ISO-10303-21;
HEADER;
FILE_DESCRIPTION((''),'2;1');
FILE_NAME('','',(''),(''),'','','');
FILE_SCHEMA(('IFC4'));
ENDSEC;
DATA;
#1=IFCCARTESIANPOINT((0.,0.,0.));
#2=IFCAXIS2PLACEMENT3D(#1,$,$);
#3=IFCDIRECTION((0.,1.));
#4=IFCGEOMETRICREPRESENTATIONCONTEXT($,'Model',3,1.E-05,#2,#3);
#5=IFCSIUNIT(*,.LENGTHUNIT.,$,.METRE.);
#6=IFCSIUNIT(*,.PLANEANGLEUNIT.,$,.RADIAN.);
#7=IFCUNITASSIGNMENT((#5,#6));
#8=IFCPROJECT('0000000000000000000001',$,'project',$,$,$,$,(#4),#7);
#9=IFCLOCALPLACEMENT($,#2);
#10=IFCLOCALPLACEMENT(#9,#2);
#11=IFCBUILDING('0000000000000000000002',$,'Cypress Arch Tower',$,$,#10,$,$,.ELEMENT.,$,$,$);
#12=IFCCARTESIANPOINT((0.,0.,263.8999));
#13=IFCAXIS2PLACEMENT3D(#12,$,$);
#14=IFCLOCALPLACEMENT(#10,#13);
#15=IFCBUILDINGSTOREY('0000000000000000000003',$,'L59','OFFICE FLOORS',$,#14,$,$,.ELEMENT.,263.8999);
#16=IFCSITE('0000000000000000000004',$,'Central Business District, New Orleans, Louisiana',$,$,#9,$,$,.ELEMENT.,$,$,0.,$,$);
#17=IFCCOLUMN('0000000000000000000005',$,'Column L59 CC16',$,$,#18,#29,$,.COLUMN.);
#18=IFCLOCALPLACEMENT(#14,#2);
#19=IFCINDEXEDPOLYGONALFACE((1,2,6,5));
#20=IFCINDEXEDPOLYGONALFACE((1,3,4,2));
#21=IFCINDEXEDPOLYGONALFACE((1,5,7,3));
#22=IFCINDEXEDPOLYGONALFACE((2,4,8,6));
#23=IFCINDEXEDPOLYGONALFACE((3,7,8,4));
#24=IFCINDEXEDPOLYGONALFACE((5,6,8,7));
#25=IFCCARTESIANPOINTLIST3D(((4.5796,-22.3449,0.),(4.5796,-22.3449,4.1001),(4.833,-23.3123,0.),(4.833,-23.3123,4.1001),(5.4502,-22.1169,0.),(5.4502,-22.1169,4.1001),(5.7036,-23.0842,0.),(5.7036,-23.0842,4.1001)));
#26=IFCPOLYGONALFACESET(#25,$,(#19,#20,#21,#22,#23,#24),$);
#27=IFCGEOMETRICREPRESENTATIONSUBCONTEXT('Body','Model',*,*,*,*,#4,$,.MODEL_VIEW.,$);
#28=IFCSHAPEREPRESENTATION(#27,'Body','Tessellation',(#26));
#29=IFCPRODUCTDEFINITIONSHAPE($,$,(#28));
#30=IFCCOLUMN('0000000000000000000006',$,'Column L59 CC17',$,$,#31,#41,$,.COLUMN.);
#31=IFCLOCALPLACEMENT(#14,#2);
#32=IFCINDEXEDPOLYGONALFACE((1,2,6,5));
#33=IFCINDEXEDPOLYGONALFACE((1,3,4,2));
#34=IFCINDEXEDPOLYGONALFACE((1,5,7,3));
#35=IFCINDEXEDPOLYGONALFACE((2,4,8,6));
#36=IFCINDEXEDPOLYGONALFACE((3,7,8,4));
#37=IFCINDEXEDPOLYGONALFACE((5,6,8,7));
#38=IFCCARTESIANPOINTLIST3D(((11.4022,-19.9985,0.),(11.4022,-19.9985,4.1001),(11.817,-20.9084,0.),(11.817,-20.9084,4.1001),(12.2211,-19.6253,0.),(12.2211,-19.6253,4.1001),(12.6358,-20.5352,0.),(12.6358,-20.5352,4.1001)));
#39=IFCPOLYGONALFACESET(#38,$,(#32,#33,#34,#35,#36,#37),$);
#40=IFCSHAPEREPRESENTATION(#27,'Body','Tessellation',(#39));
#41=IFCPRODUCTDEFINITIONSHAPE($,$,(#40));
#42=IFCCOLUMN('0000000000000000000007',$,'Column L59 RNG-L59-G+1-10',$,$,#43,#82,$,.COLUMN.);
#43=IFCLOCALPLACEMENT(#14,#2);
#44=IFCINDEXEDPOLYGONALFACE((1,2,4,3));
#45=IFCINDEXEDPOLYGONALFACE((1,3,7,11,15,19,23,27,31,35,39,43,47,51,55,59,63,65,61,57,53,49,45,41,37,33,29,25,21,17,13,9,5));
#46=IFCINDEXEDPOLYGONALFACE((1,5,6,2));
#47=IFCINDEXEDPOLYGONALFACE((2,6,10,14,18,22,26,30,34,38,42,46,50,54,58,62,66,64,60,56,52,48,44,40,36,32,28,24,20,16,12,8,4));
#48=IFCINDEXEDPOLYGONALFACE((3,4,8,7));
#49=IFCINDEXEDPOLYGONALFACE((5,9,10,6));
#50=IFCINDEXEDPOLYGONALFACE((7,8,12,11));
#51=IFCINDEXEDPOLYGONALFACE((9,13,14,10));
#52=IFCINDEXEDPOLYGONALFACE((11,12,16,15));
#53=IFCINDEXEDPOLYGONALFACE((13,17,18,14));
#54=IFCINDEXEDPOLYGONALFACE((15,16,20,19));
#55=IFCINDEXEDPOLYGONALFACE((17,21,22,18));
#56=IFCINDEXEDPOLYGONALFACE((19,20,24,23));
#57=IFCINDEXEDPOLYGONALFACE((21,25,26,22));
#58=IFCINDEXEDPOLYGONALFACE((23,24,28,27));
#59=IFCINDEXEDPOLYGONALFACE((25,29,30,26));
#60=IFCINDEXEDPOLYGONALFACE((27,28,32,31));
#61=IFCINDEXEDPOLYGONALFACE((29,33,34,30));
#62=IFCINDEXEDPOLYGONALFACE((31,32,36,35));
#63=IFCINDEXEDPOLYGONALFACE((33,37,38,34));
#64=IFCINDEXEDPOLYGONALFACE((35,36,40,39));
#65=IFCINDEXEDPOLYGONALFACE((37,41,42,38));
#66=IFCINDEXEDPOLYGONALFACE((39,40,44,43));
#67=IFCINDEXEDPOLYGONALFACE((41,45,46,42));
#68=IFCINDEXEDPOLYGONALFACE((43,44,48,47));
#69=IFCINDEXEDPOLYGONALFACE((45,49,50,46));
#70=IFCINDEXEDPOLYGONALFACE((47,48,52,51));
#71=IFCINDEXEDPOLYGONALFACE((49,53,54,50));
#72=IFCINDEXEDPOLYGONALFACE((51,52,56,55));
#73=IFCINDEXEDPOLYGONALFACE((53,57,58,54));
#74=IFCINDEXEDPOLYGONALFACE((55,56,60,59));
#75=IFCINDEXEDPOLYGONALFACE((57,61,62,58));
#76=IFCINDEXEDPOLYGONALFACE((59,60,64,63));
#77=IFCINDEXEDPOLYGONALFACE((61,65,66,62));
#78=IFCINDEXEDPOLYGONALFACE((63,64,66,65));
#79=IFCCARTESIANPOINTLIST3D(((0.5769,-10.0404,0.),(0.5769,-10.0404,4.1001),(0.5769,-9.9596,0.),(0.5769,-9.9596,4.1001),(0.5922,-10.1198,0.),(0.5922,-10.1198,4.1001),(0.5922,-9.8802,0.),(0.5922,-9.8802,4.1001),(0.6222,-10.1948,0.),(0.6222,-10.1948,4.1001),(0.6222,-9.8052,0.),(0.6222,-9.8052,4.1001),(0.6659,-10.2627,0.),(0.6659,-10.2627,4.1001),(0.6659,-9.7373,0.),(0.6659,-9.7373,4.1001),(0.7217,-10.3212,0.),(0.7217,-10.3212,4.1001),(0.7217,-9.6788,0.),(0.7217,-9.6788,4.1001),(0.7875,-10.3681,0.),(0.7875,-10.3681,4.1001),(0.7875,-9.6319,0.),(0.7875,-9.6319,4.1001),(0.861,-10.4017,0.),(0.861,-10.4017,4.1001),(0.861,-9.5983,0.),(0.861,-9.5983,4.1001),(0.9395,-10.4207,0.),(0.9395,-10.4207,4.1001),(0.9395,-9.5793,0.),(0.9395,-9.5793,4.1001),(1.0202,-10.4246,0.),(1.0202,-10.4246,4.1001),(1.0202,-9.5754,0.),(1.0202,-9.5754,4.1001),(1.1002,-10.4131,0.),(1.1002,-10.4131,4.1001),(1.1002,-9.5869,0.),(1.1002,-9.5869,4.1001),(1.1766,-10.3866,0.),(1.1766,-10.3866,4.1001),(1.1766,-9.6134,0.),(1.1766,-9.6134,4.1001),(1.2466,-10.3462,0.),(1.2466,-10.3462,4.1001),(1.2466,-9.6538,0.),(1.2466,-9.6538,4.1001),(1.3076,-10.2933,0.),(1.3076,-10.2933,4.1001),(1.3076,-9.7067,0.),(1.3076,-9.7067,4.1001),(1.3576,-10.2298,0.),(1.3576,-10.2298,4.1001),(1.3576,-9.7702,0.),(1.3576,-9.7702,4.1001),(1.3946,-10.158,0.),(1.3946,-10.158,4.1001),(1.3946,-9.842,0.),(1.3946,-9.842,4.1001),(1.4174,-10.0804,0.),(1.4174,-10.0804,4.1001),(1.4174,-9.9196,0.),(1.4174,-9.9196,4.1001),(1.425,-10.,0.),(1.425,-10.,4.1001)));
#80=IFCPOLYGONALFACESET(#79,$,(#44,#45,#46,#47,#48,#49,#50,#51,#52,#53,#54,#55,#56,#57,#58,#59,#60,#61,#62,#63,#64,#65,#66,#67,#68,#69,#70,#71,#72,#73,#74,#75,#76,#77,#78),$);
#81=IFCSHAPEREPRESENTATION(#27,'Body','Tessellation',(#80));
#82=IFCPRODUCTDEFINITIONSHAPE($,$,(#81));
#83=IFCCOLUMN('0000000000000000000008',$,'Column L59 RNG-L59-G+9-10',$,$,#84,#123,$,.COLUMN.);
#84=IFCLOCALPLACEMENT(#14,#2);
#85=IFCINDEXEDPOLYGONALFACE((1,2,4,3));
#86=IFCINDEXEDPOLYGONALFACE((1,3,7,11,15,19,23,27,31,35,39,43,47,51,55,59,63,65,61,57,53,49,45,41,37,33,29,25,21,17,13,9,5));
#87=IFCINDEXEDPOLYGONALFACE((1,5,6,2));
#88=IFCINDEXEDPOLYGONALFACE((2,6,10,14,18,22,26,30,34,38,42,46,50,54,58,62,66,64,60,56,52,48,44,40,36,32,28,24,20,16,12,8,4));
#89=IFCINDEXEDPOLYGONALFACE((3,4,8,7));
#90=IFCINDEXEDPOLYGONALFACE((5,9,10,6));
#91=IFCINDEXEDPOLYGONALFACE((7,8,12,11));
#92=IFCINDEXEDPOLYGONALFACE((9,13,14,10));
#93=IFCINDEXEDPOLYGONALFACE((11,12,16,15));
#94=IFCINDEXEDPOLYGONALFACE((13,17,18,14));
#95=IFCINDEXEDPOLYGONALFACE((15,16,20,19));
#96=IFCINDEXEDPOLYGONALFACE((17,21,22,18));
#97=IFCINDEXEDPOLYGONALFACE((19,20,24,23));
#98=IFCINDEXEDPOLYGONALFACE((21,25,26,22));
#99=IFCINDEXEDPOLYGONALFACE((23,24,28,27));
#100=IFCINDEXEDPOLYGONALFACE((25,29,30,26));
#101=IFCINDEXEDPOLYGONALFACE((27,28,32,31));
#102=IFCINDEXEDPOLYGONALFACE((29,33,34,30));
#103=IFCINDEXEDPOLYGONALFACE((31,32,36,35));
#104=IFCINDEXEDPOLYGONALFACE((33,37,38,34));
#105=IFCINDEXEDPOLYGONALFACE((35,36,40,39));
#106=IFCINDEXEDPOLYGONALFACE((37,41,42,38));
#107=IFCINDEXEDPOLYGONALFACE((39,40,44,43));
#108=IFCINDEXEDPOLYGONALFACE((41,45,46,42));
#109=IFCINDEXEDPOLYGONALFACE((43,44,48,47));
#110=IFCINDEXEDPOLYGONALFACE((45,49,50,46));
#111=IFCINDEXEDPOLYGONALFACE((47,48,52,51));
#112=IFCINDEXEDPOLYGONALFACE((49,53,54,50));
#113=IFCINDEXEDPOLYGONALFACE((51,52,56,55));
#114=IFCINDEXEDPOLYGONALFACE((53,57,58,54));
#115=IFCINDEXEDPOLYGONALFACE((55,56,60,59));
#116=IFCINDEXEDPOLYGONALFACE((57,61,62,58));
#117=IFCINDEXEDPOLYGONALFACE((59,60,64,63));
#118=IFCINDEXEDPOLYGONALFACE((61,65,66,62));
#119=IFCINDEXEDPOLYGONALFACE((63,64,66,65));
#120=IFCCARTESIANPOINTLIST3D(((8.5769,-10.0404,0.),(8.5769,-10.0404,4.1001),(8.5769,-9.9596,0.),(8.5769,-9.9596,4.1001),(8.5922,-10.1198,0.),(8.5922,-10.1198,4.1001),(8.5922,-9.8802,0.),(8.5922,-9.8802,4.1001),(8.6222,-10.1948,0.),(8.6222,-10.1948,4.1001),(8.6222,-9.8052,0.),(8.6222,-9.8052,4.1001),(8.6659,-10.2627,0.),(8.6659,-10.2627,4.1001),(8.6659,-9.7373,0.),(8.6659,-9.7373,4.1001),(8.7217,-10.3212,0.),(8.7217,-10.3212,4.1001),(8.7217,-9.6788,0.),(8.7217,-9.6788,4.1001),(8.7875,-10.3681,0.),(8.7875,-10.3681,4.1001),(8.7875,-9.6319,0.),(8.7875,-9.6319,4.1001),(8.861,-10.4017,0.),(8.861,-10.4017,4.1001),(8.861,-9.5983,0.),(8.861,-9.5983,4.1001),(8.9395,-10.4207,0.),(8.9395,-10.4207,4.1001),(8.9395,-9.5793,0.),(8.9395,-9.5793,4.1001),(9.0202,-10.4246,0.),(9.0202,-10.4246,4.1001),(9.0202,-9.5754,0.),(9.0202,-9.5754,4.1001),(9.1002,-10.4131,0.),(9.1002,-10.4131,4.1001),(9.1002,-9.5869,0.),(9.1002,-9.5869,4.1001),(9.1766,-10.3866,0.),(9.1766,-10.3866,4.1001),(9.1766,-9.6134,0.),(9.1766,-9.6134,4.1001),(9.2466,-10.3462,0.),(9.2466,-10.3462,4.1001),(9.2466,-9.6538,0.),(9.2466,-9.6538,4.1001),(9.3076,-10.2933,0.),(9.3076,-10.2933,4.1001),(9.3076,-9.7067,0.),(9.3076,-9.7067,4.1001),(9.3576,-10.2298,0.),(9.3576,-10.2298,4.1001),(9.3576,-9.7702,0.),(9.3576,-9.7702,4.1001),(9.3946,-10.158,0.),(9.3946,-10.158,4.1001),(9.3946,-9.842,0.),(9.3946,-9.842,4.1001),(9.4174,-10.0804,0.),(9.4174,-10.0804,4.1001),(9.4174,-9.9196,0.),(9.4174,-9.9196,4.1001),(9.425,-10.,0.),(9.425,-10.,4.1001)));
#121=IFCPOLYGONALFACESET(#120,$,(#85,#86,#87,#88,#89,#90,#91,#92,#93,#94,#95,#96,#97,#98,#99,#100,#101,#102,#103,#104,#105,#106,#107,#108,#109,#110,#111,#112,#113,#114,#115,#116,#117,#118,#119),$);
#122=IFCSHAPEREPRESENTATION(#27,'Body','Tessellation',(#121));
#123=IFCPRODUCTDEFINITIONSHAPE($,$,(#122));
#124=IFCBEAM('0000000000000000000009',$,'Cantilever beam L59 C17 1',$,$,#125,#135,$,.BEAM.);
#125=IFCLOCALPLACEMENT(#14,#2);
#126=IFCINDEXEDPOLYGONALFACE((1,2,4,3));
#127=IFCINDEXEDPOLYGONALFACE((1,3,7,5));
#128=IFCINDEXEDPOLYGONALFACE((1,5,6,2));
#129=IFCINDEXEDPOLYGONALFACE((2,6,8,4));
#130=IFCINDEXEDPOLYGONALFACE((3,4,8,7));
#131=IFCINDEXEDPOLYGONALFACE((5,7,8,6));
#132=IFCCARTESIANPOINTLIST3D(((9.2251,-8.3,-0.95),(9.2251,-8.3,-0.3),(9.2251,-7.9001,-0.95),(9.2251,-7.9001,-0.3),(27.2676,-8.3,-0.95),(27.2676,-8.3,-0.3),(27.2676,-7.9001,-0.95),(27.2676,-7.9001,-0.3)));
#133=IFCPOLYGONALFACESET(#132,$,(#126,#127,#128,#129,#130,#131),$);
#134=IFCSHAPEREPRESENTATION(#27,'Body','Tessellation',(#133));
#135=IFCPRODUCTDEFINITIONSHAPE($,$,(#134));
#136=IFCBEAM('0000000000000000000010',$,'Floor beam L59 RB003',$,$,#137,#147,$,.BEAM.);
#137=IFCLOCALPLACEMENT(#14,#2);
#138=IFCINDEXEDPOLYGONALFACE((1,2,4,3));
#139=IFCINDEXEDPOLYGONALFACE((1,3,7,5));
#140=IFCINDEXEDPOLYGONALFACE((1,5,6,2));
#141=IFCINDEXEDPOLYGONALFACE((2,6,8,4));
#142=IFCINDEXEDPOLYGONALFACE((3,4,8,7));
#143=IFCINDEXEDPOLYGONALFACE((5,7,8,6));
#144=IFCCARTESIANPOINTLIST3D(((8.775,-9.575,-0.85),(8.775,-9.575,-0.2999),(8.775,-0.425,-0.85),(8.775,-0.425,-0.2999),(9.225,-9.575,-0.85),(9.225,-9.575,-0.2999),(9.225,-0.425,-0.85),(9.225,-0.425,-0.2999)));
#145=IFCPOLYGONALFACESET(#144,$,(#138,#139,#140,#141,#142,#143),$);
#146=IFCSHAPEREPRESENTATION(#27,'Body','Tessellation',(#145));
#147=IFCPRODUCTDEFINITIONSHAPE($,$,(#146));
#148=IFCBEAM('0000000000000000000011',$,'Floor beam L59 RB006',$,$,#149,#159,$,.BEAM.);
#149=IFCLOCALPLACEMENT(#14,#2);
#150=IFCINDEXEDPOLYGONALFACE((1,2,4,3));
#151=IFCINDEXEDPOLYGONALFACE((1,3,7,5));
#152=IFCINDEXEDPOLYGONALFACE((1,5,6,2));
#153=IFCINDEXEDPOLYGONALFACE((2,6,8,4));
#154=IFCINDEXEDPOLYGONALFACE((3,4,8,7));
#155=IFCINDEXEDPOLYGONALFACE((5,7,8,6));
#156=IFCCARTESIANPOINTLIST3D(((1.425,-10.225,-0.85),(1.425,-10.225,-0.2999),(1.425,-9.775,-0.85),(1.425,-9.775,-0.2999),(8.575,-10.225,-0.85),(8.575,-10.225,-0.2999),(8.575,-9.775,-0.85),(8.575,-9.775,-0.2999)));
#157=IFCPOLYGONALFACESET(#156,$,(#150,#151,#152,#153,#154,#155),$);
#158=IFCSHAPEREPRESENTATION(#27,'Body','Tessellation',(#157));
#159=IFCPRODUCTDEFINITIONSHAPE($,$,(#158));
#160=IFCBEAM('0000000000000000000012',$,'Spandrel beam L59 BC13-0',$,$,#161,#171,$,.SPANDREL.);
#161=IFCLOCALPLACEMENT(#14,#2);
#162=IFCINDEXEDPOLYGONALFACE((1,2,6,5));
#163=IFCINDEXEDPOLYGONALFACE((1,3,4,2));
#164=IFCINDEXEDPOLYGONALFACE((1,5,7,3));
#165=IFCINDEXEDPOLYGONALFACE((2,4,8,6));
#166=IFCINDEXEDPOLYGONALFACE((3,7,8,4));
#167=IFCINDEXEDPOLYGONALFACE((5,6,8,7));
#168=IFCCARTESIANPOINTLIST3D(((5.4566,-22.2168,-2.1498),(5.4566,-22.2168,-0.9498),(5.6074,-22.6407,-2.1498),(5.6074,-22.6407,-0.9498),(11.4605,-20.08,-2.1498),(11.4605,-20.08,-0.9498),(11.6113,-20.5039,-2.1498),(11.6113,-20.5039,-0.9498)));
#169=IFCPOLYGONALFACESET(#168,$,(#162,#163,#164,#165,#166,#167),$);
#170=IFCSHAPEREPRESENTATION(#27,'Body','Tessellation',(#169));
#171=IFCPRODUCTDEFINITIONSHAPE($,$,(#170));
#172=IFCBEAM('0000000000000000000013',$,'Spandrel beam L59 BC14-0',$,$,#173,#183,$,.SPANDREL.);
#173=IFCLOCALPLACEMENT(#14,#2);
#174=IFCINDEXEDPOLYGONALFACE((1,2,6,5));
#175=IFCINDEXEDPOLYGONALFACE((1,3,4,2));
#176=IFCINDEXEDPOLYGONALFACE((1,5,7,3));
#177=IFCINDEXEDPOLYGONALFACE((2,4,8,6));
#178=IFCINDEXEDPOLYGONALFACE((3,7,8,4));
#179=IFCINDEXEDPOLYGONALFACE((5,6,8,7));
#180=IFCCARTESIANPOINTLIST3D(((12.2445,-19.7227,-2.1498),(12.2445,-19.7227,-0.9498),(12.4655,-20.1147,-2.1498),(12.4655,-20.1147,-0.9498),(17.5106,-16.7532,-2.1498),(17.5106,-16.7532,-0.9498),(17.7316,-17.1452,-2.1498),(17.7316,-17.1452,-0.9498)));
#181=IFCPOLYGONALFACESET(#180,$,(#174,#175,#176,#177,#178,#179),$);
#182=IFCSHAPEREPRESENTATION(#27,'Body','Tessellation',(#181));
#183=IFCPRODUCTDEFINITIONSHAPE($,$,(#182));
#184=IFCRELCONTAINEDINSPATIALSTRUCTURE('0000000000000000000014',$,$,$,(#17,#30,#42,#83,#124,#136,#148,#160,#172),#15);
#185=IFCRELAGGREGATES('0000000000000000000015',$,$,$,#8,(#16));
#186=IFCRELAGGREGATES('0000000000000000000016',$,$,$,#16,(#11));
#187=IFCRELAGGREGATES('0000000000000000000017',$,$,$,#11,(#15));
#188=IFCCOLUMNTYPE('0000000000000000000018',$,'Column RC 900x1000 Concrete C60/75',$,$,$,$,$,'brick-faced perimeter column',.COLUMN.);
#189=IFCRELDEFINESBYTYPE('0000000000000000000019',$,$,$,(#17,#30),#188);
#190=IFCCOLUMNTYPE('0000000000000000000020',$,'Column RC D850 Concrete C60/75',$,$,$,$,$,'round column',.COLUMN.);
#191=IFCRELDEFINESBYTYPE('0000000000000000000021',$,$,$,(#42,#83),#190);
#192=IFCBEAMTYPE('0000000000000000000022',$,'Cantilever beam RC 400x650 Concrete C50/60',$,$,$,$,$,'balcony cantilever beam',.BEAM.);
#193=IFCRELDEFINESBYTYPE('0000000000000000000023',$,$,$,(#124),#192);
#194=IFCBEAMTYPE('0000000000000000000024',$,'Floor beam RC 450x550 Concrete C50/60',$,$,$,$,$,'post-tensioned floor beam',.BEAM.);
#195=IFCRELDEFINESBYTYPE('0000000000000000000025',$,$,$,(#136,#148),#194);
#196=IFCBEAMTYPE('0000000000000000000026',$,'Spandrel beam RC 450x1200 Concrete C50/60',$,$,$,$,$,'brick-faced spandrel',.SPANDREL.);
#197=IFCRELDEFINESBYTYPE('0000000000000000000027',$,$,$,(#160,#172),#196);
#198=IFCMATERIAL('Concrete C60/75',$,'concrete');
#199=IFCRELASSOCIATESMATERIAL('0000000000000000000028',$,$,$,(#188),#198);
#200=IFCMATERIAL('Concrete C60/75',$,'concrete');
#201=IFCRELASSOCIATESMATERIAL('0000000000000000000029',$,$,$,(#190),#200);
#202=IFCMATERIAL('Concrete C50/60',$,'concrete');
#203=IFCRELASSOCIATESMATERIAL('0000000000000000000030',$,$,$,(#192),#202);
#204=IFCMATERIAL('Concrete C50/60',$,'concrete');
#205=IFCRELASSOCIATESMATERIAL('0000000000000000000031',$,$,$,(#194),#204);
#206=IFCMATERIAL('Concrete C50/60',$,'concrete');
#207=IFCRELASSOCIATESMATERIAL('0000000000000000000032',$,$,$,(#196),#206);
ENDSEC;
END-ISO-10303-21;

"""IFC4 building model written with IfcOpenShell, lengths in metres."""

from ifc_helpers import new_model, si_unit, direction, frame, origin, origin_2d, place, context, subcontext, project, spatial, rectangle, circle, extrude, material, material_profile, profile_set, type_object, element, save


model = new_model("IFC4")

# Units and contexts
model_context = context("Model", 3, precision=1e-05, world=origin(), true_north=direction((0.0, 1.0)))
body_context = subcontext(model_context, "Body", "Model", "MODEL_VIEW")
ifc_project = project(units=[si_unit("LENGTHUNIT", "METRE"), si_unit("PLANEANGLEUNIT", "RADIAN")], contexts=[model_context])

# Site, building, storey
site_placement = place(None, origin())
site = spatial("IfcSite", under=ifc_project, at=site_placement, Name="Central Business District, New Orleans, Louisiana", CompositionType="ELEMENT", RefElevation=0.0)
building_placement = place(site_placement, origin())
building = spatial("IfcBuilding", under=site, at=building_placement, Name="Cypress Arch Tower", CompositionType="ELEMENT")
storey_placement = place(building_placement, frame((0.0, 0.0, 263.8999)))
storey = spatial("IfcBuildingStorey", under=building, at=storey_placement, Name="L59", Description="OFFICE FLOORS", CompositionType="ELEMENT", Elevation=263.8999)

# Columns
ifc_material_1 = material(Name="Concrete C60/75", Category="concrete")
ifc_material_profile_1 = material_profile(ifc_material_1, rectangle(XDim=0.8999, YDim=1.0, at=origin_2d()), Name="RC 900x1000")
ifc_profile_set_1 = profile_set([ifc_material_profile_1], Name="Concrete C60/75")
column_type_1 = type_object("IfcColumnType", Name="Column RC 900x1000 Concrete C60/75", ElementType="brick-faced perimeter column", PredefinedType="COLUMN", material=ifc_profile_set_1)
for number, where, z_axis, x_axis, name in (
    (1, (5.1416, -22.7146, 0.0), (0.0, 0.0, 1.0), (0.967356, 0.253422, 0.0), "Column L59 CC16"),
    (2, (12.019, -20.2668, 0.0), (0.0, 0.0, 1.0), (0.909932, 0.414757, 0.0), "Column L59 CC17"),
):
    element("IfcColumn", number, at=place(storey_placement, frame(where, z_axis=z_axis, x_axis=x_axis)), inside=storey, type_object=column_type_1, Name=name, PredefinedType="COLUMN", context=body_context, shape_type="SweptSolid", body=[
        extrude(rectangle(XDim=0.8999, YDim=1.0, at=origin_2d()), origin(), (0.0, 0.0, 1.0), 4.1001),
    ])
ifc_material_2 = material(Name="Concrete C60/75", Category="concrete")
ifc_material_profile_2 = material_profile(ifc_material_2, circle(Radius=0.425, at=origin_2d()), Name="RC D850")
ifc_profile_set_2 = profile_set([ifc_material_profile_2], Name="Concrete C60/75")
column_type_2 = type_object("IfcColumnType", Name="Column RC D850 Concrete C60/75", ElementType="round column", PredefinedType="COLUMN", material=ifc_profile_set_2)
for number, where, z_axis, x_axis, name in (
    (3, (1.0, -10.0, 0.0), (0.0, 0.0, 1.0), (1.0, 0.0, 0.0), "Column L59 RNG-L59-G+1-10"),
    (4, (9.0, -10.0, 0.0), (0.0, 0.0, 1.0), (1.0, 0.0, 0.0), "Column L59 RNG-L59-G+9-10"),
):
    element("IfcColumn", number, at=place(storey_placement, frame(where, z_axis=z_axis, x_axis=x_axis)), inside=storey, type_object=column_type_2, Name=name, PredefinedType="COLUMN", context=body_context, shape_type="SweptSolid", body=[
        extrude(circle(Radius=0.425, at=origin_2d()), origin(), (0.0, 0.0, 1.0), 4.1001),
    ])

# Beams
ifc_material_3 = material(Name="Concrete C50/60", Category="concrete")
ifc_material_profile_3 = material_profile(ifc_material_3, rectangle(XDim=0.3999, YDim=0.6499, at=origin_2d()), Name="RC 400x650")
ifc_profile_set_3 = profile_set([ifc_material_profile_3], Name="Concrete C50/60")
beam_type_1 = type_object("IfcBeamType", Name="Cantilever beam RC 400x650 Concrete C50/60", ElementType="balcony cantilever beam", PredefinedType="BEAM", material=ifc_profile_set_3)
beam_1_placement = place(storey_placement, frame((9.2251, -8.1001, -0.625), z_axis=(1.0, 0.0, 0.0), x_axis=(0.0, 1.0, 0.0)))
element("IfcBeam", 5, at=beam_1_placement, inside=storey, type_object=beam_type_1, Name="Cantilever beam L59 C17 1", PredefinedType="BEAM", context=body_context, shape_type="SweptSolid", body=[
    extrude(rectangle(XDim=0.3999, YDim=0.6499, at=origin_2d()), origin(), (0.0, 0.0, 1.0), 18.0425),
])
ifc_material_4 = material(Name="Concrete C50/60", Category="concrete")
ifc_material_profile_4 = material_profile(ifc_material_4, rectangle(XDim=0.45, YDim=0.55, at=origin_2d()), Name="RC 450x550")
ifc_profile_set_4 = profile_set([ifc_material_profile_4], Name="Concrete C50/60")
beam_type_2 = type_object("IfcBeamType", Name="Floor beam RC 450x550 Concrete C50/60", ElementType="post-tensioned floor beam", PredefinedType="BEAM", material=ifc_profile_set_4)
beam_2_placement = place(storey_placement, frame((9.0, -9.575, -0.575), z_axis=(0.0, 1.0, 0.0), x_axis=(-1.0, 0.0, 0.0)))
element("IfcBeam", 6, at=beam_2_placement, inside=storey, type_object=beam_type_2, Name="Floor beam L59 RB003", PredefinedType="BEAM", context=body_context, shape_type="SweptSolid", body=[
    extrude(rectangle(XDim=0.45, YDim=0.55, at=origin_2d()), origin(), (0.0, 0.0, 1.0), 9.1499),
])
beam_3_placement = place(storey_placement, frame((1.425, -10.0, -0.575), z_axis=(1.0, 0.0, 0.0), x_axis=(0.0, 1.0, 0.0)))
element("IfcBeam", 7, at=beam_3_placement, inside=storey, type_object=beam_type_2, Name="Floor beam L59 RB006", PredefinedType="BEAM", context=body_context, shape_type="SweptSolid", body=[
    extrude(rectangle(XDim=0.45, YDim=0.55, at=origin_2d()), origin(), (0.0, 0.0, 1.0), 7.1499),
])
ifc_material_5 = material(Name="Concrete C50/60", Category="concrete")
ifc_material_profile_5 = material_profile(ifc_material_5, rectangle(XDim=0.45, YDim=1.2, at=origin_2d()), Name="RC 450x1200")
ifc_profile_set_5 = profile_set([ifc_material_profile_5], Name="Concrete C50/60")
beam_type_3 = type_object("IfcBeamType", Name="Spandrel beam RC 450x1200 Concrete C50/60", ElementType="brick-faced spandrel", PredefinedType="SPANDREL", material=ifc_profile_set_5)
beam_4_placement = place(storey_placement, frame((5.532, -22.4287, -1.5498), z_axis=(0.942116, 0.335288, 0.0), x_axis=(-0.335288, 0.942116, 0.0)))
element("IfcBeam", 8, at=beam_4_placement, inside=storey, type_object=beam_type_3, Name="Spandrel beam L59 BC13-0", PredefinedType="SPANDREL", context=body_context, shape_type="SweptSolid", body=[
    extrude(rectangle(XDim=0.45, YDim=1.2, at=origin_2d()), origin(), (0.0, 0.0, 1.0), 6.3728),
])
beam_5_placement = place(storey_placement, frame((12.355, -19.9187, -1.5498), z_axis=(0.87106, 0.491177, 0.0), x_axis=(-0.491177, 0.87106, 0.0)))
element("IfcBeam", 9, at=beam_5_placement, inside=storey, type_object=beam_type_3, Name="Spandrel beam L59 BC14-0", PredefinedType="SPANDREL", context=body_context, shape_type="SweptSolid", body=[
    extrude(rectangle(XDim=0.45, YDim=1.2, at=origin_2d()), origin(), (0.0, 0.0, 1.0), 6.0457),
])

save(model, "model.ifc")
